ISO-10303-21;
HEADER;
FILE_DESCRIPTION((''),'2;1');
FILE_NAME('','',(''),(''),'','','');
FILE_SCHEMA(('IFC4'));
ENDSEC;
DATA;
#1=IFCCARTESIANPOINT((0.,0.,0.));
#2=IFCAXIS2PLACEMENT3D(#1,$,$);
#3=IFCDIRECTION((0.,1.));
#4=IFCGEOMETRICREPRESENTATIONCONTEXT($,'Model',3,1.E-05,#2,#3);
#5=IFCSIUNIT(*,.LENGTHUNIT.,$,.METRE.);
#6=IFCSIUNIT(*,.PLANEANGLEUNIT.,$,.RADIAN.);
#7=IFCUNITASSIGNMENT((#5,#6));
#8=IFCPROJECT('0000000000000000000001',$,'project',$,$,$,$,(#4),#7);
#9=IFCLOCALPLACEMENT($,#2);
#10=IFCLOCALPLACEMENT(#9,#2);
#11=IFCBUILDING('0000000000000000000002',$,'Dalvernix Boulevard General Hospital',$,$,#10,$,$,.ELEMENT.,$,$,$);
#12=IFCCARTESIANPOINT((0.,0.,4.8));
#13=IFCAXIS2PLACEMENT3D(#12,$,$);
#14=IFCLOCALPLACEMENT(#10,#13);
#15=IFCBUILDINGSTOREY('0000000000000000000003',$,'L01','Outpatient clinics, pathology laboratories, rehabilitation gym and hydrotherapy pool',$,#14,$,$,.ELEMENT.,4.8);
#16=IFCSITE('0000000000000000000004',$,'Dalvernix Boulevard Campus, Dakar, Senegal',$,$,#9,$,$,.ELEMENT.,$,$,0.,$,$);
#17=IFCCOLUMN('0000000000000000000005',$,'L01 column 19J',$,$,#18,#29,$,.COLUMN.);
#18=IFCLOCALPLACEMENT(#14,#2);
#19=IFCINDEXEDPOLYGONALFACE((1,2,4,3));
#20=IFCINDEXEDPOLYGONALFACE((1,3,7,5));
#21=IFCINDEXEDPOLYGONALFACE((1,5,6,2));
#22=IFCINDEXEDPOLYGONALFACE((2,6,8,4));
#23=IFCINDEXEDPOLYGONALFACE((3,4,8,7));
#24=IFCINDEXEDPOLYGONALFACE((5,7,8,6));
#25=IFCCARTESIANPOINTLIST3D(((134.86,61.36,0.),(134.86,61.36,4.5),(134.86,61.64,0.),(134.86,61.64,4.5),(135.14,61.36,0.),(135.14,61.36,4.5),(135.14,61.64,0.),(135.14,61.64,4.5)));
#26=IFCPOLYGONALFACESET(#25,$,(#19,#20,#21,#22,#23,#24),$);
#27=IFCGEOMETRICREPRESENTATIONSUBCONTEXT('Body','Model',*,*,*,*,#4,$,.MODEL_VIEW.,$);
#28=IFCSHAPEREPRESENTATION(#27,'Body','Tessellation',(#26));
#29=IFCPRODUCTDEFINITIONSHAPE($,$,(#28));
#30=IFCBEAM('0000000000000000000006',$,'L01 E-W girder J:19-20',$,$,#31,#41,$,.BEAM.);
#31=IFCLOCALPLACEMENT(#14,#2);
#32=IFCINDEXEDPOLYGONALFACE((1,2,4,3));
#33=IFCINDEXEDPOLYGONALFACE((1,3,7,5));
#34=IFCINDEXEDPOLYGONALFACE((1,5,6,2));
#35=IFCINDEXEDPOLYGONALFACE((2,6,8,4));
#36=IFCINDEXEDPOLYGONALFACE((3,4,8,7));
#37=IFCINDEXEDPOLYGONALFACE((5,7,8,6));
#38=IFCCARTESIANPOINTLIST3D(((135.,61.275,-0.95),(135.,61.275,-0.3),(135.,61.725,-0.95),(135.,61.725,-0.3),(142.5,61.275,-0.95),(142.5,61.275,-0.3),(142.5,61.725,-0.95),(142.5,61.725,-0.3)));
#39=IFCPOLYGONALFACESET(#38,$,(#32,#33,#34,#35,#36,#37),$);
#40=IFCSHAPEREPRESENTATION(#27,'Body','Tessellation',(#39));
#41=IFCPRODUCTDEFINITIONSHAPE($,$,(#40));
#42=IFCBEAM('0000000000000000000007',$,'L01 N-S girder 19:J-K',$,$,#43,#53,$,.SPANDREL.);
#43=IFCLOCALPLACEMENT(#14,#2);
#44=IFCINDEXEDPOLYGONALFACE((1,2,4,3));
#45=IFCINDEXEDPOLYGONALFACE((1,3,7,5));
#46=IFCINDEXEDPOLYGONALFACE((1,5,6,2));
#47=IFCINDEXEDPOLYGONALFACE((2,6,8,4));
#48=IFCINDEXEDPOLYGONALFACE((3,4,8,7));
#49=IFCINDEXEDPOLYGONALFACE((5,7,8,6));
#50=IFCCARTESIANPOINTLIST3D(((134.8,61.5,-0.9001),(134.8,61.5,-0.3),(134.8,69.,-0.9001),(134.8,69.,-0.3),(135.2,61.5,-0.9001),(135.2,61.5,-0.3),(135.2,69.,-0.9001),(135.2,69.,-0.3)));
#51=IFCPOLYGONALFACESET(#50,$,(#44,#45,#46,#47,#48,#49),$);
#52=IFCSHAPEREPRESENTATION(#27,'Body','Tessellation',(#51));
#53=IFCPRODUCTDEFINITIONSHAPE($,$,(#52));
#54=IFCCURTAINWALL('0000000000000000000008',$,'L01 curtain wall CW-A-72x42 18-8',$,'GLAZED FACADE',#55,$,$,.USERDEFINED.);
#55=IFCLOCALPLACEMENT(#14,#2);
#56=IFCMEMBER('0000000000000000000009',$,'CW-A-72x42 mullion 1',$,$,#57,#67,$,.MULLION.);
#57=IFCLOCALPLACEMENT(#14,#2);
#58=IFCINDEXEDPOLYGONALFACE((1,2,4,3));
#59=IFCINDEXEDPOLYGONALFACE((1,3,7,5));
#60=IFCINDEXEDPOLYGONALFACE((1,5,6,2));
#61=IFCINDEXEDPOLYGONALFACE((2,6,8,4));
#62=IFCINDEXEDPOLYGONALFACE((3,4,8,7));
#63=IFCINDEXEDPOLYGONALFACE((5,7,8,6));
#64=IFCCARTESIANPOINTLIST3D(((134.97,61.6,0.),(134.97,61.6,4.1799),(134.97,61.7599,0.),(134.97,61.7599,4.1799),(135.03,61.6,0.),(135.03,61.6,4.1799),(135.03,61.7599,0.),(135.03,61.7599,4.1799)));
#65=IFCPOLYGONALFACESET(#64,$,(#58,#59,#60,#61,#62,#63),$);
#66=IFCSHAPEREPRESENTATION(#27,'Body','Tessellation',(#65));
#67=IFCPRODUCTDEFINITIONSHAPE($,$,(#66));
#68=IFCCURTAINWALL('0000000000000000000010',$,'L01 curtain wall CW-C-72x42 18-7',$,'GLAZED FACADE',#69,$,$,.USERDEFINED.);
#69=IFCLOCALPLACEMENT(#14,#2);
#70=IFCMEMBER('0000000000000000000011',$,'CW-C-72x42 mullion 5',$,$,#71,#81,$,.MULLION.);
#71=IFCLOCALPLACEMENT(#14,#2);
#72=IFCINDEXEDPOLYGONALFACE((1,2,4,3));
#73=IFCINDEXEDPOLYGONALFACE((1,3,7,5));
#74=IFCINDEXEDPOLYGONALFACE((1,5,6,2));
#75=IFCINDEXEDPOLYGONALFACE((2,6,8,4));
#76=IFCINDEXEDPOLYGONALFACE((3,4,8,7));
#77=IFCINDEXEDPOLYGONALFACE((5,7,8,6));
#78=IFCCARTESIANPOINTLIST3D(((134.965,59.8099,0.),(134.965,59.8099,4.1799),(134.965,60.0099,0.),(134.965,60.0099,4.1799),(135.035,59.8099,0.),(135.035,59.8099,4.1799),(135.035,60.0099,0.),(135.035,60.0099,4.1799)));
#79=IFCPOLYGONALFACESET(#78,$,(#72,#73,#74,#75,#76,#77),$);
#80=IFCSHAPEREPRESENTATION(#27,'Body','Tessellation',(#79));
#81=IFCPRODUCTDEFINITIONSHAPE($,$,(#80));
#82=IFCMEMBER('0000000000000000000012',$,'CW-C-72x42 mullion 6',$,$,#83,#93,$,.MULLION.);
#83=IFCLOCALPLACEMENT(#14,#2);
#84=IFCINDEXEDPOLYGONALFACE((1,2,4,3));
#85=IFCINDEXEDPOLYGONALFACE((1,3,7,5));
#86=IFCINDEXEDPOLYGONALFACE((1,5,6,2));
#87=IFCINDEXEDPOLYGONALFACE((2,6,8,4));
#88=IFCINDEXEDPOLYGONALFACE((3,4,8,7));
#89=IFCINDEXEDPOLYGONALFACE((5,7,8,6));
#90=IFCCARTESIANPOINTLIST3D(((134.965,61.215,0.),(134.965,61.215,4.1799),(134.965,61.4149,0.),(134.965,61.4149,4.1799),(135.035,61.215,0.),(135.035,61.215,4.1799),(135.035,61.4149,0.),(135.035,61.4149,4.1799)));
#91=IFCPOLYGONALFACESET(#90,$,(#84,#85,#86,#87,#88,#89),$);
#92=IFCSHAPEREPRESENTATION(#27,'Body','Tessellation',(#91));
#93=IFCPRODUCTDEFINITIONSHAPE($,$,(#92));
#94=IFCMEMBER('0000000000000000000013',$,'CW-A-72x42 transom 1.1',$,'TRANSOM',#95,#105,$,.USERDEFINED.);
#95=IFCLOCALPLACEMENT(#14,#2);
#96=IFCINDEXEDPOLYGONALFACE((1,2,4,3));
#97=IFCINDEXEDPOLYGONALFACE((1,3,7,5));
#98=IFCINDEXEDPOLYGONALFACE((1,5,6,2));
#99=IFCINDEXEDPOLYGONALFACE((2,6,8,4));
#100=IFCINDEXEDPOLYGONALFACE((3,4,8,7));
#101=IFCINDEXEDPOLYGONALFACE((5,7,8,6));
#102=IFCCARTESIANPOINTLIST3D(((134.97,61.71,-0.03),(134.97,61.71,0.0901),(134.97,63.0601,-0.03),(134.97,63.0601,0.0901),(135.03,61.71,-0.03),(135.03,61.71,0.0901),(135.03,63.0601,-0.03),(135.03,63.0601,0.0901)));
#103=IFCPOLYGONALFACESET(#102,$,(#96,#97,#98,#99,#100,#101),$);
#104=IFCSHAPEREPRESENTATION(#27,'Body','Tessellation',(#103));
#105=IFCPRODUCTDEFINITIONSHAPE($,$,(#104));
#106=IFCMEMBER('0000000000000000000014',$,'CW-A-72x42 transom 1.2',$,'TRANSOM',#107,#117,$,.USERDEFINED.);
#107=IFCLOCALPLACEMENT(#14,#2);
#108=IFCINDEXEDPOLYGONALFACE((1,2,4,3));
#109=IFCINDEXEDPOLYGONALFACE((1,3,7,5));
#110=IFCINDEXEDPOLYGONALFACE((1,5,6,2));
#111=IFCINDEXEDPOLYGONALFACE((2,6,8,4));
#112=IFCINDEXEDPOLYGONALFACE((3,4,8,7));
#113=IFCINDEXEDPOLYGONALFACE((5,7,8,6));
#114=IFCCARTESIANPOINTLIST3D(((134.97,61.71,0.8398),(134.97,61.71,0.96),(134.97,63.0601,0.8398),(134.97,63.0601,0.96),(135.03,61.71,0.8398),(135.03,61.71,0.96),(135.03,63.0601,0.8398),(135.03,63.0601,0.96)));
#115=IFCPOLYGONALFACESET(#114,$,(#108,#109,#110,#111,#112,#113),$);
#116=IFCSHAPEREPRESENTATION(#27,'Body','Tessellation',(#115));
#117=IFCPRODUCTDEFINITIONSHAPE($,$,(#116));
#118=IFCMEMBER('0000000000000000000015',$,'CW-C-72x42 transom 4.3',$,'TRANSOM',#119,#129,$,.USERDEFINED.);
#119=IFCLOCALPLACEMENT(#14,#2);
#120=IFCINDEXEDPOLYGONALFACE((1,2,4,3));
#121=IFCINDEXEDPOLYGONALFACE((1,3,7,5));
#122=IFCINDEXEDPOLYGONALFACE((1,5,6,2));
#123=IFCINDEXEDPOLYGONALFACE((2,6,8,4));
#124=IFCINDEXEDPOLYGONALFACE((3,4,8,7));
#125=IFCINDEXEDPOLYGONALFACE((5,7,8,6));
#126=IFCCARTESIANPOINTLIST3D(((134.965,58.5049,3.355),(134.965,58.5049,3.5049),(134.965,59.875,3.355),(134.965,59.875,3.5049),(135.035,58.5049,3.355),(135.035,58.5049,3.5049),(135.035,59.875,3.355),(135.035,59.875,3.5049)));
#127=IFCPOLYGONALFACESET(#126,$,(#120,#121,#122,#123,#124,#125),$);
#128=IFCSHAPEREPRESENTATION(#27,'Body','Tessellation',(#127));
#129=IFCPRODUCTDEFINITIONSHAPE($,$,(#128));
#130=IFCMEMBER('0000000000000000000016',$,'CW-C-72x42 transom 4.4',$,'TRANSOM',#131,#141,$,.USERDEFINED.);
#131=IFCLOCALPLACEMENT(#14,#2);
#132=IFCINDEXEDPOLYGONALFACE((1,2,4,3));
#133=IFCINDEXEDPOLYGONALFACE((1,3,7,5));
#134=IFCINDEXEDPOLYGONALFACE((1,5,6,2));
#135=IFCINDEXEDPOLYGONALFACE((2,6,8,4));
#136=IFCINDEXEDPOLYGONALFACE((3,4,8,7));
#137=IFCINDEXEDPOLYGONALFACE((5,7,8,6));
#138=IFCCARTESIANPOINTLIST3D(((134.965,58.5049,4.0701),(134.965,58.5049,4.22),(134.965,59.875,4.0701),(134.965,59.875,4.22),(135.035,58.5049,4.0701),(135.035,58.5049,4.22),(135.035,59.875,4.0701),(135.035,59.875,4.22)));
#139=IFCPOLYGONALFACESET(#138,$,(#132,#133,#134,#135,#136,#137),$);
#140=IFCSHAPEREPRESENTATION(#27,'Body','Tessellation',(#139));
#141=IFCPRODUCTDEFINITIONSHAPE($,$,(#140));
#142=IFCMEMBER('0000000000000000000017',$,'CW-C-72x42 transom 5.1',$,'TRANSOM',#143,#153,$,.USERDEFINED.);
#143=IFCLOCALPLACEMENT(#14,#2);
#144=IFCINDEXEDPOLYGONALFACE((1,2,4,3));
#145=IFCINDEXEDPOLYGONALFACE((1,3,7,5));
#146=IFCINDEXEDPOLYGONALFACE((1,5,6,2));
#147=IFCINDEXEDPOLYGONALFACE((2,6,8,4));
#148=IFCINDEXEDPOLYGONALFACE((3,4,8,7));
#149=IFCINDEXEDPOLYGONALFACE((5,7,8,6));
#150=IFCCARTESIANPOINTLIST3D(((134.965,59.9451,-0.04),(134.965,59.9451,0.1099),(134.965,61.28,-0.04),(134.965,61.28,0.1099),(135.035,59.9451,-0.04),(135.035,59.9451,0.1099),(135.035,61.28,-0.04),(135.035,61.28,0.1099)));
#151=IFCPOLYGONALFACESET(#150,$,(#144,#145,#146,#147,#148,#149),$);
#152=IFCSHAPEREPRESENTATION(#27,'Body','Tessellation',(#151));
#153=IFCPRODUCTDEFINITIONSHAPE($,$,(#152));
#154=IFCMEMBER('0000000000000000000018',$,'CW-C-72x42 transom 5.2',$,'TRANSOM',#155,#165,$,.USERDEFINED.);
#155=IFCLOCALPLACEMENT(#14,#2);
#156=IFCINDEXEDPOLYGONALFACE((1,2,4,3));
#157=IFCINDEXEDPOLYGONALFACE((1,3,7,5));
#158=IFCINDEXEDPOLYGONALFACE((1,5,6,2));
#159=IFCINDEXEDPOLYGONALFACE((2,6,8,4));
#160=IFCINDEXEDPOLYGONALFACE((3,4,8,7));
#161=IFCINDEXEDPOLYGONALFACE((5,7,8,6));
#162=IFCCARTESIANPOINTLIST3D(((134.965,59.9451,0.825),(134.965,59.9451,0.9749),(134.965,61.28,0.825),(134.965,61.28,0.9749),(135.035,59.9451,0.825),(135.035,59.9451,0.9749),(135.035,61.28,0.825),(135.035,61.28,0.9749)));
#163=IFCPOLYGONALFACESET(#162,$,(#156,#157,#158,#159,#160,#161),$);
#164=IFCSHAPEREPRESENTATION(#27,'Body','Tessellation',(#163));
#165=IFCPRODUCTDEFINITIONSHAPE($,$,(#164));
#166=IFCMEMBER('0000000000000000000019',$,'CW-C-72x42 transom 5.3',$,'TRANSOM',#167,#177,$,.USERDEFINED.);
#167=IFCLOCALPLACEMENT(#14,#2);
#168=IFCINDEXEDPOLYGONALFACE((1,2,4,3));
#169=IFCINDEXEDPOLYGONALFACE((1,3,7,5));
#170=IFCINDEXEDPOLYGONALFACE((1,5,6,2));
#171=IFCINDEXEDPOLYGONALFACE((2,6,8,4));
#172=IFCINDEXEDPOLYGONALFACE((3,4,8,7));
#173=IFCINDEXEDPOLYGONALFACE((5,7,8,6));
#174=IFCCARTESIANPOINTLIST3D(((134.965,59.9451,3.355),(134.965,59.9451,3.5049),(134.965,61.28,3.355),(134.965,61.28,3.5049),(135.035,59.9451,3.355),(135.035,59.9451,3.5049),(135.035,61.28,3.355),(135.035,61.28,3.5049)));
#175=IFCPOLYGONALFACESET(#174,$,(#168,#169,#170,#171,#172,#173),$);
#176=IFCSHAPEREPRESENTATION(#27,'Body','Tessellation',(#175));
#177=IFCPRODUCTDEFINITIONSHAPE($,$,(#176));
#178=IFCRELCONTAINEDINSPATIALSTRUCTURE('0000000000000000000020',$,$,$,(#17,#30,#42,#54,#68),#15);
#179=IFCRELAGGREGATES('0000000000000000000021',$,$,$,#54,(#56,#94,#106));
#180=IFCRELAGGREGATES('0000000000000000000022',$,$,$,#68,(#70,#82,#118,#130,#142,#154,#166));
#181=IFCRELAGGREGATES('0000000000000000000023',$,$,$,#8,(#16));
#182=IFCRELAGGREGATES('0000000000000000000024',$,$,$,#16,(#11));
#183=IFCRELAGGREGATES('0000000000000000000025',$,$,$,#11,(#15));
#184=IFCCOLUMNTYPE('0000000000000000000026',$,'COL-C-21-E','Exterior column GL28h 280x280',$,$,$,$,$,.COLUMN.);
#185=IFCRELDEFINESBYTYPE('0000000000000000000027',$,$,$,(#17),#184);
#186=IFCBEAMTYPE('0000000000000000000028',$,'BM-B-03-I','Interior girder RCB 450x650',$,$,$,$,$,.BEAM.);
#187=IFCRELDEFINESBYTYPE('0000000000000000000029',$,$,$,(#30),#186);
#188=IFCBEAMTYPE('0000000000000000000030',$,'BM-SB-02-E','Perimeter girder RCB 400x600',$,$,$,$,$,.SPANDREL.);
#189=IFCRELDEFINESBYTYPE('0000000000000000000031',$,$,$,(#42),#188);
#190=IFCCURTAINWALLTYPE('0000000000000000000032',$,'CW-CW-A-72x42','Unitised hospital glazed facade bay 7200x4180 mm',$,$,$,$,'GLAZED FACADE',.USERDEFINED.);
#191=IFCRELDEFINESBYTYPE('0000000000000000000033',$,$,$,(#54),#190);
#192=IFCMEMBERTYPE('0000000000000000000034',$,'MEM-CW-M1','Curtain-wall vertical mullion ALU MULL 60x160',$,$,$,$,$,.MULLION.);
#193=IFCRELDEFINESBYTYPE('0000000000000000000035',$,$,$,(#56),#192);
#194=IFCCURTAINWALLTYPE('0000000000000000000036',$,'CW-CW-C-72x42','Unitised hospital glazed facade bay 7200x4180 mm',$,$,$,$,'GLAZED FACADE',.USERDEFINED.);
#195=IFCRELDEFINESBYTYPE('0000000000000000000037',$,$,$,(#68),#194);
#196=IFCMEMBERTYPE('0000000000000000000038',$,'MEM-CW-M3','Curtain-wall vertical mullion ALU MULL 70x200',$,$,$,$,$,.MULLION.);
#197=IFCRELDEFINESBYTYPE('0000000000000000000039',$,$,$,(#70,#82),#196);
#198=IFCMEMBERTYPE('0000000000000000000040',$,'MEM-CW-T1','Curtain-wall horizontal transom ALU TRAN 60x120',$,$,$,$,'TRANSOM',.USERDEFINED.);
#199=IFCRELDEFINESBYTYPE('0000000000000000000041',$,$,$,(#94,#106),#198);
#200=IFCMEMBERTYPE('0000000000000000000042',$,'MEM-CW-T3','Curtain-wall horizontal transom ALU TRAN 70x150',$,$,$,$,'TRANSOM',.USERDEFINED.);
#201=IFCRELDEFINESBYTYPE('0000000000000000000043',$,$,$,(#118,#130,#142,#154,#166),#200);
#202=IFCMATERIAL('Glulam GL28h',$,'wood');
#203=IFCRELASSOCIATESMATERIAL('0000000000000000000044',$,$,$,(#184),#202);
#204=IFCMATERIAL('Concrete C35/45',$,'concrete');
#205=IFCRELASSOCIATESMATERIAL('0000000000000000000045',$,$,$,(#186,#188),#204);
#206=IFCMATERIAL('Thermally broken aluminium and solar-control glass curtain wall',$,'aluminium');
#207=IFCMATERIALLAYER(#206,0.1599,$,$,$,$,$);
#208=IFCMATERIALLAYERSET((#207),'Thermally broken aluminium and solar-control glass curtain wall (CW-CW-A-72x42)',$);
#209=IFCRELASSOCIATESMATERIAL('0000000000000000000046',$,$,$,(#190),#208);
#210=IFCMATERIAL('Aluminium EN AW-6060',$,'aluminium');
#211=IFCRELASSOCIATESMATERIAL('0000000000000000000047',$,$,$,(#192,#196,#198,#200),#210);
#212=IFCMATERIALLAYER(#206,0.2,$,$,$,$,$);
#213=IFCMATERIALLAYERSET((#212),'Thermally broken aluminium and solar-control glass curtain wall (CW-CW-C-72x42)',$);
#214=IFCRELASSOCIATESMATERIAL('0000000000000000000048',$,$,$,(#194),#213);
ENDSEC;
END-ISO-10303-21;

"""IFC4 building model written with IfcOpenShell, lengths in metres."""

from ifc_helpers import new_model, si_unit, direction, frame, origin, origin_2d, place, context, subcontext, project, spatial, rectangle, extrude, material, layer, layer_set, material_profile, profile_set, type_object, element, aggregate, save


model = new_model("IFC4")

# Units and contexts
model_context = context("Model", 3, precision=1e-05, world=origin(), true_north=direction((0.0, 1.0)))
body_context = subcontext(model_context, "Body", "Model", "MODEL_VIEW")
ifc_project = project(units=[si_unit("LENGTHUNIT", "METRE"), si_unit("PLANEANGLEUNIT", "RADIAN")], contexts=[model_context])

# Site, building, storey
site_placement = place(None, origin())
site = spatial("IfcSite", under=ifc_project, at=site_placement, Name="Dalvernix Boulevard Campus, Dakar, Senegal", CompositionType="ELEMENT", RefElevation=0.0)
building_placement = place(site_placement, origin())
building = spatial("IfcBuilding", under=site, at=building_placement, Name="Dalvernix Boulevard General Hospital", CompositionType="ELEMENT")
storey_placement = place(building_placement, frame((0.0, 0.0, 4.8)))
storey = spatial("IfcBuildingStorey", under=building, at=storey_placement, Name="L01", Description="Outpatient clinics, pathology laboratories, rehabilitation gym and hydrotherapy pool", CompositionType="ELEMENT", Elevation=4.8)

# Column
ifc_material_1 = material(Name="Glulam GL28h", Category="wood")
ifc_material_profile_1 = material_profile(ifc_material_1, rectangle(XDim=0.28, YDim=0.28, at=origin_2d()), Name="GL28h 280x280")
ifc_profile_set_1 = profile_set([ifc_material_profile_1], Name="Glulam GL28h")
column_type = type_object("IfcColumnType", Name="COL-C-21-E", Description="Exterior column GL28h 280x280", PredefinedType="COLUMN", material=ifc_profile_set_1)
column_placement = place(storey_placement, frame((135.0, 61.5, 0.0), z_axis=(0.0, 0.0, 1.0), x_axis=(1.0, 0.0, 0.0)))
element("IfcColumn", 1, at=column_placement, inside=storey, type_object=column_type, Name="L01 column 19J", PredefinedType="COLUMN", context=body_context, shape_type="SweptSolid", body=[
    extrude(rectangle(XDim=0.28, YDim=0.28, at=origin_2d()), origin(), (0.0, 0.0, 1.0), 4.5),
])

# Beams
ifc_material_2 = material(Name="Concrete C35/45", Category="concrete")
ifc_material_profile_2 = material_profile(ifc_material_2, rectangle(XDim=0.45, YDim=0.6499, at=origin_2d()), Name="RCB 450x650")
ifc_profile_set_2 = profile_set([ifc_material_profile_2], Name="Concrete C35/45")
beam_type_1 = type_object("IfcBeamType", Name="BM-B-03-I", Description="Interior girder RCB 450x650", PredefinedType="BEAM", material=ifc_profile_set_2)
beam_1_placement = place(storey_placement, frame((135.0, 61.5, -0.625), z_axis=(1.0, 0.0, 0.0), x_axis=(0.0, 1.0, 0.0)))
element("IfcBeam", 2, at=beam_1_placement, inside=storey, type_object=beam_type_1, Name="L01 E-W girder J:19-20", PredefinedType="BEAM", context=body_context, shape_type="SweptSolid", body=[
    extrude(rectangle(XDim=0.45, YDim=0.6499, at=origin_2d()), origin(), (0.0, 0.0, 1.0), 7.5),
])
ifc_material_profile_3 = material_profile(ifc_material_2, rectangle(XDim=0.3999, YDim=0.6001, at=origin_2d()), Name="RCB 400x600")
ifc_profile_set_3 = profile_set([ifc_material_profile_3], Name="Concrete C35/45")
beam_type_2 = type_object("IfcBeamType", Name="BM-SB-02-E", Description="Perimeter girder RCB 400x600", PredefinedType="SPANDREL", material=ifc_profile_set_3)
beam_2_placement = place(storey_placement, frame((135.0, 61.5, -0.6001), z_axis=(0.0, 1.0, 0.0), x_axis=(-1.0, 0.0, 0.0)))
element("IfcBeam", 3, at=beam_2_placement, inside=storey, type_object=beam_type_2, Name="L01 N-S girder 19:J-K", PredefinedType="SPANDREL", context=body_context, shape_type="SweptSolid", body=[
    extrude(rectangle(XDim=0.3999, YDim=0.6001, at=origin_2d()), origin(), (0.0, 0.0, 1.0), 7.5),
])

# Curtain wall, member
ifc_material_3 = material(Name="Thermally broken aluminium and solar-control glass curtain wall", Category="aluminium")
ifc_layer_1 = layer(ifc_material_3, 0.1599)
ifc_layer_set_1 = layer_set([ifc_layer_1], Name="Thermally broken aluminium and solar-control glass curtain wall (CW-CW-A-72x42)")
curtain_wall_type_1 = type_object("IfcCurtainWallType", Name="CW-CW-A-72x42", Description="Unitised hospital glazed facade bay 7200x4180 mm", ElementType="GLAZED FACADE", PredefinedType="USERDEFINED", material=ifc_layer_set_1)
curtain_wall_1_placement = place(storey_placement, origin())
curtain_wall_1 = element("IfcCurtainWall", 4, at=curtain_wall_1_placement, inside=storey, type_object=curtain_wall_type_1, Name="L01 curtain wall CW-A-72x42 18-8", ObjectType="GLAZED FACADE", PredefinedType="USERDEFINED")
ifc_material_4 = material(Name="Aluminium EN AW-6060", Category="aluminium")
ifc_material_profile_4 = material_profile(ifc_material_4, rectangle(XDim=0.0601, YDim=0.1599, at=origin_2d()), Name="ALU MULL 60x160")
ifc_profile_set_4 = profile_set([ifc_material_profile_4], Name="Aluminium EN AW-6060")
member_type_1 = type_object("IfcMemberType", Name="MEM-CW-M1", Description="Curtain-wall vertical mullion ALU MULL 60x160", PredefinedType="MULLION", material=ifc_profile_set_4)
member_1_placement = place(storey_placement, frame((135.0, 61.6799, 0.0), z_axis=(0.0, 0.0, 1.0), x_axis=(-1.0, 0.0, 0.0)))
member_1 = element("IfcMember", 5, at=member_1_placement, type_object=member_type_1, Name="CW-A-72x42 mullion 1", PredefinedType="MULLION", context=body_context, shape_type="SweptSolid", body=[
    extrude(rectangle(XDim=0.0601, YDim=0.1599, at=origin_2d()), origin(), (0.0, 0.0, 1.0), 4.1799),
])

# Curtain wall, members
ifc_layer_2 = layer(ifc_material_3, 0.2)
ifc_layer_set_2 = layer_set([ifc_layer_2], Name="Thermally broken aluminium and solar-control glass curtain wall (CW-CW-C-72x42)")
curtain_wall_type_2 = type_object("IfcCurtainWallType", Name="CW-CW-C-72x42", Description="Unitised hospital glazed facade bay 7200x4180 mm", ElementType="GLAZED FACADE", PredefinedType="USERDEFINED", material=ifc_layer_set_2)
curtain_wall_2_placement = place(storey_placement, origin())
curtain_wall_2 = element("IfcCurtainWall", 6, at=curtain_wall_2_placement, inside=storey, type_object=curtain_wall_type_2, Name="L01 curtain wall CW-C-72x42 18-7", ObjectType="GLAZED FACADE", PredefinedType="USERDEFINED")
ifc_material_profile_5 = material_profile(ifc_material_4, rectangle(XDim=0.0701, YDim=0.2, at=origin_2d()), Name="ALU MULL 70x200")
ifc_profile_set_5 = profile_set([ifc_material_profile_5], Name="Aluminium EN AW-6060")
member_type_2 = type_object("IfcMemberType", Name="MEM-CW-M3", Description="Curtain-wall vertical mullion ALU MULL 70x200", PredefinedType="MULLION", material=ifc_profile_set_5)
member_2_placement = place(storey_placement, frame((135.0, 59.9099, 0.0), z_axis=(0.0, 0.0, 1.0), x_axis=(-1.0, 0.0, 0.0)))
member_2 = element("IfcMember", 7, at=member_2_placement, type_object=member_type_2, Name="CW-C-72x42 mullion 5", PredefinedType="MULLION", context=body_context, shape_type="SweptSolid", body=[
    extrude(rectangle(XDim=0.0701, YDim=0.2, at=origin_2d()), origin(), (0.0, 0.0, 1.0), 4.1799),
])
member_3_placement = place(storey_placement, frame((135.0, 61.3149, 0.0), z_axis=(0.0, 0.0, 1.0), x_axis=(-1.0, 0.0, 0.0)))
member_3 = element("IfcMember", 8, at=member_3_placement, type_object=member_type_2, Name="CW-C-72x42 mullion 6", PredefinedType="MULLION", context=body_context, shape_type="SweptSolid", body=[
    extrude(rectangle(XDim=0.0701, YDim=0.2, at=origin_2d()), origin(), (0.0, 0.0, 1.0), 4.1799),
])

# Members
ifc_material_profile_6 = material_profile(ifc_material_4, rectangle(XDim=0.0601, YDim=0.1201, at=origin_2d()), Name="ALU TRAN 60x120")
ifc_profile_set_6 = profile_set([ifc_material_profile_6], Name="Aluminium EN AW-6060")
member_type_3 = type_object("IfcMemberType", Name="MEM-CW-T1", Description="Curtain-wall horizontal transom ALU TRAN 60x120", ElementType="TRANSOM", PredefinedType="USERDEFINED", material=ifc_profile_set_6)
member_4_placement = place(storey_placement, frame((135.0, 61.71, 0.03), z_axis=(0.0, 1.0, 0.0), x_axis=(-1.0, 0.0, 0.0)))
member_4 = element("IfcMember", 9, at=member_4_placement, type_object=member_type_3, Name="CW-A-72x42 transom 1.1", ObjectType="TRANSOM", PredefinedType="USERDEFINED", context=body_context, shape_type="SweptSolid", body=[
    extrude(rectangle(XDim=0.0601, YDim=0.1201, at=origin_2d()), origin(), (0.0, 0.0, 1.0), 1.3501),
])
member_5_placement = place(storey_placement, frame((135.0, 61.71, 0.8999), z_axis=(0.0, 1.0, 0.0), x_axis=(-1.0, 0.0, 0.0)))
member_5 = element("IfcMember", 10, at=member_5_placement, type_object=member_type_3, Name="CW-A-72x42 transom 1.2", ObjectType="TRANSOM", PredefinedType="USERDEFINED", context=body_context, shape_type="SweptSolid", body=[
    extrude(rectangle(XDim=0.0601, YDim=0.1201, at=origin_2d()), origin(), (0.0, 0.0, 1.0), 1.3501),
])
aggregate(curtain_wall_1, [member_1, member_4, member_5])
ifc_material_profile_7 = material_profile(ifc_material_4, rectangle(XDim=0.0701, YDim=0.1499, at=origin_2d()), Name="ALU TRAN 70x150")
ifc_profile_set_7 = profile_set([ifc_material_profile_7], Name="Aluminium EN AW-6060")
member_type_4 = type_object("IfcMemberType", Name="MEM-CW-T3", Description="Curtain-wall horizontal transom ALU TRAN 70x150", ElementType="TRANSOM", PredefinedType="USERDEFINED", material=ifc_profile_set_7)
member_6_placement = place(storey_placement, frame((135.0, 58.5049, 3.4299), z_axis=(0.0, 1.0, 0.0), x_axis=(-1.0, 0.0, 0.0)))
member_6 = element("IfcMember", 11, at=member_6_placement, type_object=member_type_4, Name="CW-C-72x42 transom 4.3", ObjectType="TRANSOM", PredefinedType="USERDEFINED", context=body_context, shape_type="SweptSolid", body=[
    extrude(rectangle(XDim=0.0701, YDim=0.1499, at=origin_2d()), origin(), (0.0, 0.0, 1.0), 1.3701),
])
member_7_placement = place(storey_placement, frame((135.0, 58.5049, 4.145), z_axis=(0.0, 1.0, 0.0), x_axis=(-1.0, 0.0, 0.0)))
member_7 = element("IfcMember", 12, at=member_7_placement, type_object=member_type_4, Name="CW-C-72x42 transom 4.4", ObjectType="TRANSOM", PredefinedType="USERDEFINED", context=body_context, shape_type="SweptSolid", body=[
    extrude(rectangle(XDim=0.0701, YDim=0.1499, at=origin_2d()), origin(), (0.0, 0.0, 1.0), 1.3701),
])
member_8_placement = place(storey_placement, frame((135.0, 59.9451, 0.0349), z_axis=(0.0, 1.0, 0.0), x_axis=(-1.0, 0.0, 0.0)))
member_8 = element("IfcMember", 13, at=member_8_placement, type_object=member_type_4, Name="CW-C-72x42 transom 5.1", ObjectType="TRANSOM", PredefinedType="USERDEFINED", context=body_context, shape_type="SweptSolid", body=[
    extrude(rectangle(XDim=0.0701, YDim=0.1499, at=origin_2d()), origin(), (0.0, 0.0, 1.0), 1.335),
])
member_9_placement = place(storey_placement, frame((135.0, 59.9451, 0.8999), z_axis=(0.0, 1.0, 0.0), x_axis=(-1.0, 0.0, 0.0)))
member_9 = element("IfcMember", 14, at=member_9_placement, type_object=member_type_4, Name="CW-C-72x42 transom 5.2", ObjectType="TRANSOM", PredefinedType="USERDEFINED", context=body_context, shape_type="SweptSolid", body=[
    extrude(rectangle(XDim=0.0701, YDim=0.1499, at=origin_2d()), origin(), (0.0, 0.0, 1.0), 1.335),
])
member_10_placement = place(storey_placement, frame((135.0, 59.9451, 3.4299), z_axis=(0.0, 1.0, 0.0), x_axis=(-1.0, 0.0, 0.0)))
member_10 = element("IfcMember", 15, at=member_10_placement, type_object=member_type_4, Name="CW-C-72x42 transom 5.3", ObjectType="TRANSOM", PredefinedType="USERDEFINED", context=body_context, shape_type="SweptSolid", body=[
    extrude(rectangle(XDim=0.0701, YDim=0.1499, at=origin_2d()), origin(), (0.0, 0.0, 1.0), 1.335),
])

aggregate(curtain_wall_2, [member_2, member_3, member_6, member_7, member_8, member_9, member_10])

save(model, "model.ifc")
